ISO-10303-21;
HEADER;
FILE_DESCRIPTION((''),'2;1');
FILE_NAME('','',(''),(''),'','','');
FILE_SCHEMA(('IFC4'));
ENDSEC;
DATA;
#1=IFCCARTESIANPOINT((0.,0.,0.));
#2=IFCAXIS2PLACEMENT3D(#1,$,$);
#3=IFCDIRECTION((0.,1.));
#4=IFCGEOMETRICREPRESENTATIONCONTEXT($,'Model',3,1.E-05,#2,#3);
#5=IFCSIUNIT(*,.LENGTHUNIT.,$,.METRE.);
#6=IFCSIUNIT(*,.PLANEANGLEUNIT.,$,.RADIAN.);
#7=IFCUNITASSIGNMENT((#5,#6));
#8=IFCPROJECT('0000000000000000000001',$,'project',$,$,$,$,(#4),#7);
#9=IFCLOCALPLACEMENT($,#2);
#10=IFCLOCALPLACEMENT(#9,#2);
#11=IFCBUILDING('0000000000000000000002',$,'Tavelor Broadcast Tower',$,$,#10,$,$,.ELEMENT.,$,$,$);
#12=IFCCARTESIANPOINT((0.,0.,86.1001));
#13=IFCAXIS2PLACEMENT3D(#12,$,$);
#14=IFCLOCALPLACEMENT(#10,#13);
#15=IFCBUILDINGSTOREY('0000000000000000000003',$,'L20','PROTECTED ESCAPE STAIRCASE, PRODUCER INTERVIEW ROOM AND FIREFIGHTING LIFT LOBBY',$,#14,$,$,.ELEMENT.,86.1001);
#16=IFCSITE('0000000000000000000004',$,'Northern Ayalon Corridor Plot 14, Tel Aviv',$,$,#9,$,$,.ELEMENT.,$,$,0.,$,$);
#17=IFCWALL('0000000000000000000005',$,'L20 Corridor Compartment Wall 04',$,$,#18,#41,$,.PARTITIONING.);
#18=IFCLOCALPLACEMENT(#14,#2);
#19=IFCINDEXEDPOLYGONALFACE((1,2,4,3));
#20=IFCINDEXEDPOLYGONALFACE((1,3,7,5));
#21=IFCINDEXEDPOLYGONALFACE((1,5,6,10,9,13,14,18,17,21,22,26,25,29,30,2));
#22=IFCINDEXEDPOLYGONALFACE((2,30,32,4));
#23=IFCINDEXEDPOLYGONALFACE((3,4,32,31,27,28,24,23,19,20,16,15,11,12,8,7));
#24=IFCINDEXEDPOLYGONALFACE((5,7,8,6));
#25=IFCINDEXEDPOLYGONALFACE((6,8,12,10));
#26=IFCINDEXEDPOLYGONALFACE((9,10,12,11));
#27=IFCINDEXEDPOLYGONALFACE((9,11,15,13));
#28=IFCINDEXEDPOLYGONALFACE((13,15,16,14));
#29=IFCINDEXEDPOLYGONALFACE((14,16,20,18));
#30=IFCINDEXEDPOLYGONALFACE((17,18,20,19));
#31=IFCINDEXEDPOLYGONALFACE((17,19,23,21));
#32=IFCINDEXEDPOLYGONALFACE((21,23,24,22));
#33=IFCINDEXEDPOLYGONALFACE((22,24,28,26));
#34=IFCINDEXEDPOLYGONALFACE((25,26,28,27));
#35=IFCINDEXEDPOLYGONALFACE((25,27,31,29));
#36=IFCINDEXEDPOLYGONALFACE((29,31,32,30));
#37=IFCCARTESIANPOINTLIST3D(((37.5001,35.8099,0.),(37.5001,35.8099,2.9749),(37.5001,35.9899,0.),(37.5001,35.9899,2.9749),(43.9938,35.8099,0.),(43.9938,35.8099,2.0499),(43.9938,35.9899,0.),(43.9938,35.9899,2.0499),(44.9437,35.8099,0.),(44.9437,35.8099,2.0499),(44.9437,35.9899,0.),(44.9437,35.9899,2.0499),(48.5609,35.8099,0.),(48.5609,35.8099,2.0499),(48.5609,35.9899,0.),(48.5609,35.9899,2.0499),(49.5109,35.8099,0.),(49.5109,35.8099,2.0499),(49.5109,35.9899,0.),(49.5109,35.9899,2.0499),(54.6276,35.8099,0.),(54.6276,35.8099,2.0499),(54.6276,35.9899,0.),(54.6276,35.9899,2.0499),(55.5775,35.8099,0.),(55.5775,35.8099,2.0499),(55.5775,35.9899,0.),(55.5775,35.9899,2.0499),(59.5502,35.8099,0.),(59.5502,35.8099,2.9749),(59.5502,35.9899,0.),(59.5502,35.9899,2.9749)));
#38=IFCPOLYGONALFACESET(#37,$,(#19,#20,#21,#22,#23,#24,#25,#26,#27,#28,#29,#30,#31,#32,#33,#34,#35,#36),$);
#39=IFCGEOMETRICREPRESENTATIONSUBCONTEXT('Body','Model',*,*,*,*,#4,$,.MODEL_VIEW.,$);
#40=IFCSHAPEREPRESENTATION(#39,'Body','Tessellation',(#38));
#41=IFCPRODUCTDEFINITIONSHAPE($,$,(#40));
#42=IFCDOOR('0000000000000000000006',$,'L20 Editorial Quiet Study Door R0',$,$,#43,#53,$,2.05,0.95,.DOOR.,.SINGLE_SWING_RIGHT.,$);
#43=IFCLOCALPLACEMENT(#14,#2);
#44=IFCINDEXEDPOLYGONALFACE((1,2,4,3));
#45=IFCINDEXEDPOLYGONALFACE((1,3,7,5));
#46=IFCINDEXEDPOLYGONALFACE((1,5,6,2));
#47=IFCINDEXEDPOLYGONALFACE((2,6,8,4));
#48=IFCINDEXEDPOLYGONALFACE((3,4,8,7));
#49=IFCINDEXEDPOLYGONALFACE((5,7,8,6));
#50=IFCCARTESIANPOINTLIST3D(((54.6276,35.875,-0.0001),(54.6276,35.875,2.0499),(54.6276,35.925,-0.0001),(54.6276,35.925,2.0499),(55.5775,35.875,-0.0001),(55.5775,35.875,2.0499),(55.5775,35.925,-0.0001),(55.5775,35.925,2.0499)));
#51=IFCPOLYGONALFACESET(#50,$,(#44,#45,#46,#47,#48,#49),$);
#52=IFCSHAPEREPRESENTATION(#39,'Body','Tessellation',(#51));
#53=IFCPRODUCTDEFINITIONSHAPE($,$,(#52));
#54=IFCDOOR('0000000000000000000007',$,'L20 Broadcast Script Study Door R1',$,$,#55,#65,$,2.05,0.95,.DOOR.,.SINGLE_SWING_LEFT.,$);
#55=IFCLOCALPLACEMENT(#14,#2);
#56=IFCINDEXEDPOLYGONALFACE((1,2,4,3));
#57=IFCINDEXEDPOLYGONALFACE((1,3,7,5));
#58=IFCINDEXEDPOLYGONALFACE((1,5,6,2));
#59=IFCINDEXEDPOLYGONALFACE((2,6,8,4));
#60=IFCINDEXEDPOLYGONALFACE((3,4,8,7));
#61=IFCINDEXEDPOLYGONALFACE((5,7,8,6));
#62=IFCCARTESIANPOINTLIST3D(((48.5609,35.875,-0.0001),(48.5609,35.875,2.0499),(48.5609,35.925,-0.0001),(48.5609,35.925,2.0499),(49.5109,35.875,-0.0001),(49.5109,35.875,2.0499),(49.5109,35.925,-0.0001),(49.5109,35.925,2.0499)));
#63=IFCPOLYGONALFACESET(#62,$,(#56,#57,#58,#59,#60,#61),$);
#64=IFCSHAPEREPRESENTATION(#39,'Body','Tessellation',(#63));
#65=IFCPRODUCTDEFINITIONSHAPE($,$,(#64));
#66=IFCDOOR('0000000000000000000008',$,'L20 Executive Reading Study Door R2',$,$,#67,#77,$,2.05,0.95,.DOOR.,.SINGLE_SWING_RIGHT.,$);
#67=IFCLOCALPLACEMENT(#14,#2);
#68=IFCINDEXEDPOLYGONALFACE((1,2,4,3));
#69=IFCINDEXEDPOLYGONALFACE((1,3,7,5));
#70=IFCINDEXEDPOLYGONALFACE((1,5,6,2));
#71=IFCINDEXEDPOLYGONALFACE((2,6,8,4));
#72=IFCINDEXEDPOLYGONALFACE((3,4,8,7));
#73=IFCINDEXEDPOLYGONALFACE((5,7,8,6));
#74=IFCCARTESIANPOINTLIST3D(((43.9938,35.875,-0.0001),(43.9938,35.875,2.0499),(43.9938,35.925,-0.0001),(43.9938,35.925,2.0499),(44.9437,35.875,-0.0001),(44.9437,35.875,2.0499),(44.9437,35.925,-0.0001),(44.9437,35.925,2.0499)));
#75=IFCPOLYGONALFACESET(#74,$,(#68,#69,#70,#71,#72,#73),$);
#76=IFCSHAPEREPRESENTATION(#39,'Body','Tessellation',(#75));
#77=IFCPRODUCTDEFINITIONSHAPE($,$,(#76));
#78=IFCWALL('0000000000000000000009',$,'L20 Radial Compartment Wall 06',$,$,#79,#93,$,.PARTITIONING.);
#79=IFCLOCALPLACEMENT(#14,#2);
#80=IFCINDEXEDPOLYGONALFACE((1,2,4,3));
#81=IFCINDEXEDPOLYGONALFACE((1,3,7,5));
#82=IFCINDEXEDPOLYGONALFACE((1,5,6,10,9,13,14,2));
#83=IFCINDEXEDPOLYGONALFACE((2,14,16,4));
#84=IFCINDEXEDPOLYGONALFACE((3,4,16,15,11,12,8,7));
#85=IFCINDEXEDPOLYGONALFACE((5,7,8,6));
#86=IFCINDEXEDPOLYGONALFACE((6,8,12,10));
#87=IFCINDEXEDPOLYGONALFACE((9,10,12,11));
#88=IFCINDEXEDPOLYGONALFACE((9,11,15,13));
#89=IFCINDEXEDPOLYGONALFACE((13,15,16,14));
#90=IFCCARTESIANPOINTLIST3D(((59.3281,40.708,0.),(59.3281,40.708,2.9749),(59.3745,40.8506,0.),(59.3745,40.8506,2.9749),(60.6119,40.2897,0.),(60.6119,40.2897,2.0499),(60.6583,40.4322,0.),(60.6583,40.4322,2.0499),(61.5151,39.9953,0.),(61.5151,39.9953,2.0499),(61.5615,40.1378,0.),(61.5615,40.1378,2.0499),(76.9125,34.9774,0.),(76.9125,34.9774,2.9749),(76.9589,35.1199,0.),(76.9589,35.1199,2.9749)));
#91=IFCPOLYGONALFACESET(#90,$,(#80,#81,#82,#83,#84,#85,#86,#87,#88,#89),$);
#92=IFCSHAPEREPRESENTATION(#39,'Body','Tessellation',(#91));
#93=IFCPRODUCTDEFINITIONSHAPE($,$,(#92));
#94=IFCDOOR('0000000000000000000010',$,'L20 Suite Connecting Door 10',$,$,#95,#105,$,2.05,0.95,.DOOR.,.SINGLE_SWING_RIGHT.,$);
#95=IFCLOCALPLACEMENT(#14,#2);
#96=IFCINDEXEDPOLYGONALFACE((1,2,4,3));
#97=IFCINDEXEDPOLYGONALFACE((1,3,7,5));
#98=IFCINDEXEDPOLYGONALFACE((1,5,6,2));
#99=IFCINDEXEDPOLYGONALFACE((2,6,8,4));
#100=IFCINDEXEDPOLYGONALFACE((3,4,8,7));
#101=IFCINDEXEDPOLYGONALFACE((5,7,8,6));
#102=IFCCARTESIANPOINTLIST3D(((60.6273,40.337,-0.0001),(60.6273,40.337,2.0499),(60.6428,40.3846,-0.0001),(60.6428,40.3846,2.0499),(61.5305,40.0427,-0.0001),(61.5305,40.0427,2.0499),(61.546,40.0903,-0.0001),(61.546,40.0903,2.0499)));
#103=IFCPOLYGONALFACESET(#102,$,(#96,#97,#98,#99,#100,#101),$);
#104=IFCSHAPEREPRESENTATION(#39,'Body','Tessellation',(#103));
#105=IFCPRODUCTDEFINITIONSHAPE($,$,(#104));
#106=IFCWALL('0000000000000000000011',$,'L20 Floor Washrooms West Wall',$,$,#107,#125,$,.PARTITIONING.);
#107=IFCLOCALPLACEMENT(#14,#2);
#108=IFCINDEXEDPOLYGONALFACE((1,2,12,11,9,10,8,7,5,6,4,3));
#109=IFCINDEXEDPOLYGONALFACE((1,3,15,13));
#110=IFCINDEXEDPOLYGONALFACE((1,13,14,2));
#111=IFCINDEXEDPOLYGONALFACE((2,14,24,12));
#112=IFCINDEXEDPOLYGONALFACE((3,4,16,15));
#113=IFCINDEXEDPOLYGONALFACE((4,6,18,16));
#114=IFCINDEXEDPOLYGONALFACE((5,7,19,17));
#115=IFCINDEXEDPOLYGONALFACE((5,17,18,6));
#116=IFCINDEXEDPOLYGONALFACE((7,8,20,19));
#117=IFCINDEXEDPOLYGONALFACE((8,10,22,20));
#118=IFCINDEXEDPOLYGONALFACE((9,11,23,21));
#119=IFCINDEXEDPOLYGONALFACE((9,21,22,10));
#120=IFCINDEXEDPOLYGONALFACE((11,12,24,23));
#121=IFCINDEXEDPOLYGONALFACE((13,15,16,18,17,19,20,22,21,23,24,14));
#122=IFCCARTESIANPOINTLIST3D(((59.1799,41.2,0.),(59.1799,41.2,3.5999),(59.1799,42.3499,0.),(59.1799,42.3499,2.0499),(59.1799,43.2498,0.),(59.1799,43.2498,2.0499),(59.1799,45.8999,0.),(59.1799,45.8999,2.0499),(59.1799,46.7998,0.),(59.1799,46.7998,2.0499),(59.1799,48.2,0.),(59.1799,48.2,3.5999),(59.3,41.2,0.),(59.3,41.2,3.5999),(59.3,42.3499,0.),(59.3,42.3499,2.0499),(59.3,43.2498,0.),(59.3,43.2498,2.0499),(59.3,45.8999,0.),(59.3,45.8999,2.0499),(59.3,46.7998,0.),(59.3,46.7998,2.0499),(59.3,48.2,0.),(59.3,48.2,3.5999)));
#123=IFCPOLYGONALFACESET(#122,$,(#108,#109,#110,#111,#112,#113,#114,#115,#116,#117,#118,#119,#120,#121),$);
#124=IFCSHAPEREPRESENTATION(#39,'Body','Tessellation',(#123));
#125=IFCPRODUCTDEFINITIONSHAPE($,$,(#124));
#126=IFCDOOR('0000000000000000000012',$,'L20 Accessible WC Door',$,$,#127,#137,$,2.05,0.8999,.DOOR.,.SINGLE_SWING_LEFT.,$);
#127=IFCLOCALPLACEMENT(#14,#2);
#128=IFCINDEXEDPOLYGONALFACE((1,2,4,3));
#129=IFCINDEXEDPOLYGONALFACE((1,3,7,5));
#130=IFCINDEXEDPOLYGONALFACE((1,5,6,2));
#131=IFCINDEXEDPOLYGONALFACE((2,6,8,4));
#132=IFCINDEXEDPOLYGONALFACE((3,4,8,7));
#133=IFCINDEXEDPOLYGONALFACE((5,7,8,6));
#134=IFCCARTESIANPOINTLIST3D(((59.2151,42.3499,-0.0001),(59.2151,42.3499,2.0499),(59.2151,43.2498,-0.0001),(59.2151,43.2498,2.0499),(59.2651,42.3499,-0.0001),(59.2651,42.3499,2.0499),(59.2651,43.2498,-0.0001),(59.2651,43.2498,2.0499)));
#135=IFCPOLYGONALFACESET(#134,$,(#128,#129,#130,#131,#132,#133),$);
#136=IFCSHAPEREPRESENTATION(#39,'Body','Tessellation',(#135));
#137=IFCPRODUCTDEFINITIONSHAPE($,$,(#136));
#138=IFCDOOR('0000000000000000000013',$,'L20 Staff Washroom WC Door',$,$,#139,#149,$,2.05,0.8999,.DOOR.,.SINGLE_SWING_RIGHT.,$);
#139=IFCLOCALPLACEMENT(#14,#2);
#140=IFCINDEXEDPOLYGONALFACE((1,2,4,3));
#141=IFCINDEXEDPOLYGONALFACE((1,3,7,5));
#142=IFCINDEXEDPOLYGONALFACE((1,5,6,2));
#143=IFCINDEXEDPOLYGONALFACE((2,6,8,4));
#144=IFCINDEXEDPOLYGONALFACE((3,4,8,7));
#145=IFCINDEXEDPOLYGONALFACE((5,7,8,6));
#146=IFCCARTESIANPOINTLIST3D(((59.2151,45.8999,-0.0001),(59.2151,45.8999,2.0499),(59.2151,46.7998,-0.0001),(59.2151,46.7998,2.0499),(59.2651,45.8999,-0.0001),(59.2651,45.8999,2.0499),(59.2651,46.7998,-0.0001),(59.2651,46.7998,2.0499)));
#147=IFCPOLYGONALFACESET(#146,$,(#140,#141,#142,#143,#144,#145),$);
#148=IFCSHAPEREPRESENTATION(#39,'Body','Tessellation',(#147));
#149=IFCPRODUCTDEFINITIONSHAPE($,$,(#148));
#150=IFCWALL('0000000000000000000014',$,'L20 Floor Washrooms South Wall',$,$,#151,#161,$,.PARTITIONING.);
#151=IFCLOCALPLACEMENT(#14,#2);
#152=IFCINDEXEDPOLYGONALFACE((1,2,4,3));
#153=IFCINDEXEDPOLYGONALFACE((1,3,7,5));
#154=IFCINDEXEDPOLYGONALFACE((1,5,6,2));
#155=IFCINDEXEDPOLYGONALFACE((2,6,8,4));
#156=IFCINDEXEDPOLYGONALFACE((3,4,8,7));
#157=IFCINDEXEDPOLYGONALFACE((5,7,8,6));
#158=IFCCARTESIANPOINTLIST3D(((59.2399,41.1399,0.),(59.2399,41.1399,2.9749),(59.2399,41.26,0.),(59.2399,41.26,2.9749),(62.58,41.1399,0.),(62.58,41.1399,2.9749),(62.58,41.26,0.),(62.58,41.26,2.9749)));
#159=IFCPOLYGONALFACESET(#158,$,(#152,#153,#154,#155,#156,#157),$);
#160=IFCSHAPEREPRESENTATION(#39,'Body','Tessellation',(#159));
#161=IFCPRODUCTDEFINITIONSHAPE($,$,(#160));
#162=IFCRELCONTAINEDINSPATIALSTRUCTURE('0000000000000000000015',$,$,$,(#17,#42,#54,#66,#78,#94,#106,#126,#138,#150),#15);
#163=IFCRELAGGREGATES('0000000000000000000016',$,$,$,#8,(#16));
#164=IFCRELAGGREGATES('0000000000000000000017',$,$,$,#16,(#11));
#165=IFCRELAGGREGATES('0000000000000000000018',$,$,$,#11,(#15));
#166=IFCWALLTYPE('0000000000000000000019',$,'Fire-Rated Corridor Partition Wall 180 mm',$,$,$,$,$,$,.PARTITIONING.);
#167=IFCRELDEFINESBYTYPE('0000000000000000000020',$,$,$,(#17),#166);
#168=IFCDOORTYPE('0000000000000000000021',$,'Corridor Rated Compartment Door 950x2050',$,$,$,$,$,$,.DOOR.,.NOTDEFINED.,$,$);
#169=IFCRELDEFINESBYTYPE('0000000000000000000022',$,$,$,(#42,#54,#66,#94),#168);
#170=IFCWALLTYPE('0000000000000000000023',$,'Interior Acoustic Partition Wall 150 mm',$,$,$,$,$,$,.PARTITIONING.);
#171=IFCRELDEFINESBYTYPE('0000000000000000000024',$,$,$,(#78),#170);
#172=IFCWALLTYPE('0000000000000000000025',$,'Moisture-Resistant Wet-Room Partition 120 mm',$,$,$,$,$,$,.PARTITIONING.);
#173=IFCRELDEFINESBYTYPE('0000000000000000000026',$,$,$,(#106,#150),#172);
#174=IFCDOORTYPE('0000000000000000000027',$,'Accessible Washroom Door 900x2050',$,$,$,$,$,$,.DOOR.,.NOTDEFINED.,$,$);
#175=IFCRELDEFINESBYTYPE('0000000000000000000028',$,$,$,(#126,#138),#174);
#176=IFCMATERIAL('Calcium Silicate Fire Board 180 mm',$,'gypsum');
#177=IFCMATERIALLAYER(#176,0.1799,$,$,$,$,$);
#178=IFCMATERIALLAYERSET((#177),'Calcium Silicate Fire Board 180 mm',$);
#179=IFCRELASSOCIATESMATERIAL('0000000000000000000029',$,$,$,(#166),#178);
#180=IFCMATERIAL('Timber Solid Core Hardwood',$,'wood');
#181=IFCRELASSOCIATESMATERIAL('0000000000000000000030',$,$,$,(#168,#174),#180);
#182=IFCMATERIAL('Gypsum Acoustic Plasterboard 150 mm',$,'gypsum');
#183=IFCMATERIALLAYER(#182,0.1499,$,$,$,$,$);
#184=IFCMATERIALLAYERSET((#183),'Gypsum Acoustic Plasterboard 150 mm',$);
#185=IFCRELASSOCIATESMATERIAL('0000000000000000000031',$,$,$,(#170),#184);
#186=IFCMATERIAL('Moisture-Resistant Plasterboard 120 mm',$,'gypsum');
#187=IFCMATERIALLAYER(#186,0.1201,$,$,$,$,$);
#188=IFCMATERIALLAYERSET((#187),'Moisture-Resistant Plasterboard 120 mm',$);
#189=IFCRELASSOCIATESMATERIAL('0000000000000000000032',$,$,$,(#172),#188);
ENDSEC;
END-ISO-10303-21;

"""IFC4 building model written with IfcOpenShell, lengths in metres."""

from ifc_helpers import new_model, si_unit, direction, frame, frame_2d, origin, place, context, subcontext, project, spatial, rectangle, extrude, material, layer, layer_set, type_object, element, fill, save


model = new_model("IFC4")

# Units and contexts
model_context = context("Model", 3, precision=1e-05, world=origin(), true_north=direction((0.0, 1.0)))
body_context = subcontext(model_context, "Body", "Model", "MODEL_VIEW")
ifc_project = project(units=[si_unit("LENGTHUNIT", "METRE"), si_unit("PLANEANGLEUNIT", "RADIAN")], contexts=[model_context])

# Site, building, storey
site_placement = place(None, origin())
site = spatial("IfcSite", under=ifc_project, at=site_placement, Name="Northern Ayalon Corridor Plot 14, Tel Aviv", CompositionType="ELEMENT", RefElevation=0.0)
building_placement = place(site_placement, origin())
building = spatial("IfcBuilding", under=site, at=building_placement, Name="Tavelor Broadcast Tower", CompositionType="ELEMENT")
storey_placement = place(building_placement, frame((0.0, 0.0, 86.1001)))
storey = spatial("IfcBuildingStorey", under=building, at=storey_placement, Name="L20", Description="PROTECTED ESCAPE STAIRCASE, PRODUCER INTERVIEW ROOM AND FIREFIGHTING LIFT LOBBY", CompositionType="ELEMENT", Elevation=86.1001)

# Shared definitions
ifc_material_1 = material(Name="Calcium Silicate Fire Board 180 mm", Category="gypsum")
ifc_layer_1 = layer(ifc_material_1, 0.1799)
ifc_layer_set_1 = layer_set([ifc_layer_1], Name="Calcium Silicate Fire Board 180 mm")
wall_type_1 = type_object("IfcWallType", Name="Fire-Rated Corridor Partition Wall 180 mm", PredefinedType="PARTITIONING", material=ifc_layer_set_1)

# Wall, openings, doors
wall_1_placement = place(storey_placement, frame((59.55, 35.8999, 0.0), z_axis=(0.0, 0.0, 1.0), x_axis=(-1.0, 0.0, 0.0)))
wall_1 = element("IfcWall", 1, at=wall_1_placement, inside=storey, type_object=wall_type_1, Name="L20 Corridor Compartment Wall 04", PredefinedType="PARTITIONING", context=body_context, shape_type="SweptSolid", body=[
    extrude(rectangle(XDim=22.05, YDim=0.1799, at=frame_2d((11.0249, 0.0))), origin(), (0.0, 0.0, 1.0), 2.9749),
])
opening_1_placement = place(wall_1_placement, frame((3.9724, 0.0, 0.0)))
opening_1 = element("IfcOpeningElement", 2, at=opening_1_placement, cuts=wall_1, PredefinedType="OPENING", context=body_context, shape_type="SweptSolid", body=[
    extrude(rectangle(XDim=0.95, YDim=2.05, at=frame_2d((0.4751, 1.0249))), frame((0.0, 0.1001, 0.0), z_axis=(0.0, -1.0, 0.0), x_axis=(1.0, 0.0, 0.0)), (0.0, 0.0, 1.0), 0.2),
])
opening_2_placement = place(wall_1_placement, frame((10.0391, 0.0, 0.0)))
opening_2 = element("IfcOpeningElement", 3, at=opening_2_placement, cuts=wall_1, PredefinedType="OPENING", context=body_context, shape_type="SweptSolid", body=[
    extrude(rectangle(XDim=0.95, YDim=2.05, at=frame_2d((0.4751, 1.0249))), frame((0.0, 0.1001, 0.0), z_axis=(0.0, -1.0, 0.0), x_axis=(1.0, 0.0, 0.0)), (0.0, 0.0, 1.0), 0.2),
])
opening_3_placement = place(wall_1_placement, frame((14.6062, 0.0, 0.0)))
opening_3 = element("IfcOpeningElement", 4, at=opening_3_placement, cuts=wall_1, PredefinedType="OPENING", context=body_context, shape_type="SweptSolid", body=[
    extrude(rectangle(XDim=0.95, YDim=2.05, at=frame_2d((0.4751, 1.0249))), frame((0.0, 0.1001, 0.0), z_axis=(0.0, -1.0, 0.0), x_axis=(1.0, 0.0, 0.0)), (0.0, 0.0, 1.0), 0.2),
])
ifc_material_2 = material(Name="Timber Solid Core Hardwood", Category="wood")
door_type_1 = type_object("IfcDoorType", Name="Corridor Rated Compartment Door 950x2050", OperationType="NOTDEFINED", PredefinedType="DOOR", material=ifc_material_2)
door_1_placement = place(opening_1_placement, origin())
door_1 = element("IfcDoor", 5, at=door_1_placement, inside=storey, type_object=door_type_1, Name="L20 Editorial Quiet Study Door R0", OperationType="SINGLE_SWING_RIGHT", OverallHeight=2.05, OverallWidth=0.95, PredefinedType="DOOR", context=body_context, shape_type="SweptSolid", body=[
    extrude(rectangle(XDim=0.95, YDim=2.05, at=frame_2d((0.4751, 1.0249))), frame((0.0, 0.0249, 0.0), z_axis=(0.0, -1.0, 0.0), x_axis=(1.0, 0.0, 0.0)), (0.0, 0.0, 1.0), 0.05),
])
fill(opening_1, door_1)
door_2_placement = place(opening_2_placement, origin())
door_2 = element("IfcDoor", 6, at=door_2_placement, inside=storey, type_object=door_type_1, Name="L20 Broadcast Script Study Door R1", OperationType="SINGLE_SWING_LEFT", OverallHeight=2.05, OverallWidth=0.95, PredefinedType="DOOR", context=body_context, shape_type="SweptSolid", body=[
    extrude(rectangle(XDim=0.95, YDim=2.05, at=frame_2d((0.4751, 1.0249))), frame((0.0, 0.0249, 0.0), z_axis=(0.0, -1.0, 0.0), x_axis=(1.0, 0.0, 0.0)), (0.0, 0.0, 1.0), 0.05),
])
fill(opening_2, door_2)
door_3_placement = place(opening_3_placement, origin())
door_3 = element("IfcDoor", 7, at=door_3_placement, inside=storey, type_object=door_type_1, Name="L20 Executive Reading Study Door R2", OperationType="SINGLE_SWING_RIGHT", OverallHeight=2.05, OverallWidth=0.95, PredefinedType="DOOR", context=body_context, shape_type="SweptSolid", body=[
    extrude(rectangle(XDim=0.95, YDim=2.05, at=frame_2d((0.4751, 1.0249))), frame((0.0, 0.0249, 0.0), z_axis=(0.0, -1.0, 0.0), x_axis=(1.0, 0.0, 0.0)), (0.0, 0.0, 1.0), 0.05),
])
fill(opening_3, door_3)

# Wall, opening, door
ifc_material_3 = material(Name="Gypsum Acoustic Plasterboard 150 mm", Category="gypsum")
ifc_layer_2 = layer(ifc_material_3, 0.1499)
ifc_layer_set_2 = layer_set([ifc_layer_2], Name="Gypsum Acoustic Plasterboard 150 mm")
wall_type_2 = type_object("IfcWallType", Name="Interior Acoustic Partition Wall 150 mm", PredefinedType="PARTITIONING", material=ifc_layer_set_2)
wall_2_placement = place(storey_placement, frame((59.3513, 40.7793, 0.0), z_axis=(0.0, 0.0, 1.0), x_axis=(0.950783, -0.309857, 0.0)))
wall_2 = element("IfcWall", 8, at=wall_2_placement, inside=storey, type_object=wall_type_2, Name="L20 Radial Compartment Wall 06", PredefinedType="PARTITIONING", context=body_context, shape_type="SweptSolid", body=[
    extrude(rectangle(XDim=18.4946, YDim=0.1499, at=frame_2d((9.2473, 0.0))), origin(), (0.0, 0.0, 1.0), 2.9749),
])
opening_4_placement = place(wall_2_placement, frame((1.3501, 0.0, 0.0)))
opening_4 = element("IfcOpeningElement", 9, at=opening_4_placement, cuts=wall_2, PredefinedType="OPENING", context=body_context, shape_type="SweptSolid", body=[
    extrude(rectangle(XDim=0.95, YDim=2.05, at=frame_2d((0.4751, 1.0249))), frame((0.0, 0.085, 0.0), z_axis=(0.0, -1.0, 0.0), x_axis=(1.0, 0.0, 0.0)), (0.0, 0.0, 1.0), 0.1699),
])
door_4_placement = place(opening_4_placement, origin())
door_4 = element("IfcDoor", 10, at=door_4_placement, inside=storey, type_object=door_type_1, Name="L20 Suite Connecting Door 10", OperationType="SINGLE_SWING_RIGHT", OverallHeight=2.05, OverallWidth=0.95, PredefinedType="DOOR", context=body_context, shape_type="SweptSolid", body=[
    extrude(rectangle(XDim=0.95, YDim=2.05, at=frame_2d((0.4751, 1.0249))), frame((0.0, 0.0249, 0.0), z_axis=(0.0, -1.0, 0.0), x_axis=(1.0, 0.0, 0.0)), (0.0, 0.0, 1.0), 0.05),
])
fill(opening_4, door_4)

# Wall, openings, doors
ifc_material_4 = material(Name="Moisture-Resistant Plasterboard 120 mm", Category="gypsum")
ifc_layer_3 = layer(ifc_material_4, 0.1201)
ifc_layer_set_3 = layer_set([ifc_layer_3], Name="Moisture-Resistant Plasterboard 120 mm")
wall_type_3 = type_object("IfcWallType", Name="Moisture-Resistant Wet-Room Partition 120 mm", PredefinedType="PARTITIONING", material=ifc_layer_set_3)
wall_3_placement = place(storey_placement, frame((59.24, 41.2, 0.0), z_axis=(0.0, 0.0, 1.0), x_axis=(0.0, 1.0, 0.0)))
wall_3 = element("IfcWall", 11, at=wall_3_placement, inside=storey, type_object=wall_type_3, Name="L20 Floor Washrooms West Wall", PredefinedType="PARTITIONING", context=body_context, shape_type="SweptSolid", body=[
    extrude(rectangle(XDim=7.0, YDim=0.1201, at=frame_2d((3.5, 0.0))), origin(), (0.0, 0.0, 1.0), 3.5999),
])
opening_5_placement = place(wall_3_placement, frame((1.1499, 0.0, 0.0)))
opening_5 = element("IfcOpeningElement", 12, at=opening_5_placement, cuts=wall_3, PredefinedType="OPENING", context=body_context, shape_type="SweptSolid", body=[
    extrude(rectangle(XDim=0.8999, YDim=2.05, at=frame_2d((0.45, 1.0249))), frame((0.0, 0.0701, 0.0), z_axis=(0.0, -1.0, 0.0), x_axis=(1.0, 0.0, 0.0)), (0.0, 0.0, 1.0), 0.1401),
])
opening_6_placement = place(wall_3_placement, frame((4.7, 0.0, 0.0)))
opening_6 = element("IfcOpeningElement", 13, at=opening_6_placement, cuts=wall_3, PredefinedType="OPENING", context=body_context, shape_type="SweptSolid", body=[
    extrude(rectangle(XDim=0.8999, YDim=2.05, at=frame_2d((0.45, 1.0249))), frame((0.0, 0.0701, 0.0), z_axis=(0.0, -1.0, 0.0), x_axis=(1.0, 0.0, 0.0)), (0.0, 0.0, 1.0), 0.1401),
])
door_type_2 = type_object("IfcDoorType", Name="Accessible Washroom Door 900x2050", OperationType="NOTDEFINED", PredefinedType="DOOR", material=ifc_material_2)
door_5_placement = place(opening_5_placement, origin())
door_5 = element("IfcDoor", 14, at=door_5_placement, inside=storey, type_object=door_type_2, Name="L20 Accessible WC Door", OperationType="SINGLE_SWING_LEFT", OverallHeight=2.05, OverallWidth=0.8999, PredefinedType="DOOR", context=body_context, shape_type="SweptSolid", body=[
    extrude(rectangle(XDim=0.8999, YDim=2.05, at=frame_2d((0.45, 1.0249))), frame((0.0, 0.0249, 0.0), z_axis=(0.0, -1.0, 0.0), x_axis=(1.0, 0.0, 0.0)), (0.0, 0.0, 1.0), 0.05),
])
fill(opening_5, door_5)
door_6_placement = place(opening_6_placement, origin())
door_6 = element("IfcDoor", 15, at=door_6_placement, inside=storey, type_object=door_type_2, Name="L20 Staff Washroom WC Door", OperationType="SINGLE_SWING_RIGHT", OverallHeight=2.05, OverallWidth=0.8999, PredefinedType="DOOR", context=body_context, shape_type="SweptSolid", body=[
    extrude(rectangle(XDim=0.8999, YDim=2.05, at=frame_2d((0.45, 1.0249))), frame((0.0, 0.0249, 0.0), z_axis=(0.0, -1.0, 0.0), x_axis=(1.0, 0.0, 0.0)), (0.0, 0.0, 1.0), 0.05),
])
fill(opening_6, door_6)

# Wall
wall_4_placement = place(storey_placement, frame((59.24, 41.2, 0.0), z_axis=(0.0, 0.0, 1.0), x_axis=(1.0, 0.0, 0.0)))
element("IfcWall", 16, at=wall_4_placement, inside=storey, type_object=wall_type_3, Name="L20 Floor Washrooms South Wall", PredefinedType="PARTITIONING", context=body_context, shape_type="SweptSolid", body=[
    extrude(rectangle(XDim=3.3401, YDim=0.1201, at=frame_2d((1.6699, 0.0))), origin(), (0.0, 0.0, 1.0), 2.9749),
])

save(model, "model.ifc")
